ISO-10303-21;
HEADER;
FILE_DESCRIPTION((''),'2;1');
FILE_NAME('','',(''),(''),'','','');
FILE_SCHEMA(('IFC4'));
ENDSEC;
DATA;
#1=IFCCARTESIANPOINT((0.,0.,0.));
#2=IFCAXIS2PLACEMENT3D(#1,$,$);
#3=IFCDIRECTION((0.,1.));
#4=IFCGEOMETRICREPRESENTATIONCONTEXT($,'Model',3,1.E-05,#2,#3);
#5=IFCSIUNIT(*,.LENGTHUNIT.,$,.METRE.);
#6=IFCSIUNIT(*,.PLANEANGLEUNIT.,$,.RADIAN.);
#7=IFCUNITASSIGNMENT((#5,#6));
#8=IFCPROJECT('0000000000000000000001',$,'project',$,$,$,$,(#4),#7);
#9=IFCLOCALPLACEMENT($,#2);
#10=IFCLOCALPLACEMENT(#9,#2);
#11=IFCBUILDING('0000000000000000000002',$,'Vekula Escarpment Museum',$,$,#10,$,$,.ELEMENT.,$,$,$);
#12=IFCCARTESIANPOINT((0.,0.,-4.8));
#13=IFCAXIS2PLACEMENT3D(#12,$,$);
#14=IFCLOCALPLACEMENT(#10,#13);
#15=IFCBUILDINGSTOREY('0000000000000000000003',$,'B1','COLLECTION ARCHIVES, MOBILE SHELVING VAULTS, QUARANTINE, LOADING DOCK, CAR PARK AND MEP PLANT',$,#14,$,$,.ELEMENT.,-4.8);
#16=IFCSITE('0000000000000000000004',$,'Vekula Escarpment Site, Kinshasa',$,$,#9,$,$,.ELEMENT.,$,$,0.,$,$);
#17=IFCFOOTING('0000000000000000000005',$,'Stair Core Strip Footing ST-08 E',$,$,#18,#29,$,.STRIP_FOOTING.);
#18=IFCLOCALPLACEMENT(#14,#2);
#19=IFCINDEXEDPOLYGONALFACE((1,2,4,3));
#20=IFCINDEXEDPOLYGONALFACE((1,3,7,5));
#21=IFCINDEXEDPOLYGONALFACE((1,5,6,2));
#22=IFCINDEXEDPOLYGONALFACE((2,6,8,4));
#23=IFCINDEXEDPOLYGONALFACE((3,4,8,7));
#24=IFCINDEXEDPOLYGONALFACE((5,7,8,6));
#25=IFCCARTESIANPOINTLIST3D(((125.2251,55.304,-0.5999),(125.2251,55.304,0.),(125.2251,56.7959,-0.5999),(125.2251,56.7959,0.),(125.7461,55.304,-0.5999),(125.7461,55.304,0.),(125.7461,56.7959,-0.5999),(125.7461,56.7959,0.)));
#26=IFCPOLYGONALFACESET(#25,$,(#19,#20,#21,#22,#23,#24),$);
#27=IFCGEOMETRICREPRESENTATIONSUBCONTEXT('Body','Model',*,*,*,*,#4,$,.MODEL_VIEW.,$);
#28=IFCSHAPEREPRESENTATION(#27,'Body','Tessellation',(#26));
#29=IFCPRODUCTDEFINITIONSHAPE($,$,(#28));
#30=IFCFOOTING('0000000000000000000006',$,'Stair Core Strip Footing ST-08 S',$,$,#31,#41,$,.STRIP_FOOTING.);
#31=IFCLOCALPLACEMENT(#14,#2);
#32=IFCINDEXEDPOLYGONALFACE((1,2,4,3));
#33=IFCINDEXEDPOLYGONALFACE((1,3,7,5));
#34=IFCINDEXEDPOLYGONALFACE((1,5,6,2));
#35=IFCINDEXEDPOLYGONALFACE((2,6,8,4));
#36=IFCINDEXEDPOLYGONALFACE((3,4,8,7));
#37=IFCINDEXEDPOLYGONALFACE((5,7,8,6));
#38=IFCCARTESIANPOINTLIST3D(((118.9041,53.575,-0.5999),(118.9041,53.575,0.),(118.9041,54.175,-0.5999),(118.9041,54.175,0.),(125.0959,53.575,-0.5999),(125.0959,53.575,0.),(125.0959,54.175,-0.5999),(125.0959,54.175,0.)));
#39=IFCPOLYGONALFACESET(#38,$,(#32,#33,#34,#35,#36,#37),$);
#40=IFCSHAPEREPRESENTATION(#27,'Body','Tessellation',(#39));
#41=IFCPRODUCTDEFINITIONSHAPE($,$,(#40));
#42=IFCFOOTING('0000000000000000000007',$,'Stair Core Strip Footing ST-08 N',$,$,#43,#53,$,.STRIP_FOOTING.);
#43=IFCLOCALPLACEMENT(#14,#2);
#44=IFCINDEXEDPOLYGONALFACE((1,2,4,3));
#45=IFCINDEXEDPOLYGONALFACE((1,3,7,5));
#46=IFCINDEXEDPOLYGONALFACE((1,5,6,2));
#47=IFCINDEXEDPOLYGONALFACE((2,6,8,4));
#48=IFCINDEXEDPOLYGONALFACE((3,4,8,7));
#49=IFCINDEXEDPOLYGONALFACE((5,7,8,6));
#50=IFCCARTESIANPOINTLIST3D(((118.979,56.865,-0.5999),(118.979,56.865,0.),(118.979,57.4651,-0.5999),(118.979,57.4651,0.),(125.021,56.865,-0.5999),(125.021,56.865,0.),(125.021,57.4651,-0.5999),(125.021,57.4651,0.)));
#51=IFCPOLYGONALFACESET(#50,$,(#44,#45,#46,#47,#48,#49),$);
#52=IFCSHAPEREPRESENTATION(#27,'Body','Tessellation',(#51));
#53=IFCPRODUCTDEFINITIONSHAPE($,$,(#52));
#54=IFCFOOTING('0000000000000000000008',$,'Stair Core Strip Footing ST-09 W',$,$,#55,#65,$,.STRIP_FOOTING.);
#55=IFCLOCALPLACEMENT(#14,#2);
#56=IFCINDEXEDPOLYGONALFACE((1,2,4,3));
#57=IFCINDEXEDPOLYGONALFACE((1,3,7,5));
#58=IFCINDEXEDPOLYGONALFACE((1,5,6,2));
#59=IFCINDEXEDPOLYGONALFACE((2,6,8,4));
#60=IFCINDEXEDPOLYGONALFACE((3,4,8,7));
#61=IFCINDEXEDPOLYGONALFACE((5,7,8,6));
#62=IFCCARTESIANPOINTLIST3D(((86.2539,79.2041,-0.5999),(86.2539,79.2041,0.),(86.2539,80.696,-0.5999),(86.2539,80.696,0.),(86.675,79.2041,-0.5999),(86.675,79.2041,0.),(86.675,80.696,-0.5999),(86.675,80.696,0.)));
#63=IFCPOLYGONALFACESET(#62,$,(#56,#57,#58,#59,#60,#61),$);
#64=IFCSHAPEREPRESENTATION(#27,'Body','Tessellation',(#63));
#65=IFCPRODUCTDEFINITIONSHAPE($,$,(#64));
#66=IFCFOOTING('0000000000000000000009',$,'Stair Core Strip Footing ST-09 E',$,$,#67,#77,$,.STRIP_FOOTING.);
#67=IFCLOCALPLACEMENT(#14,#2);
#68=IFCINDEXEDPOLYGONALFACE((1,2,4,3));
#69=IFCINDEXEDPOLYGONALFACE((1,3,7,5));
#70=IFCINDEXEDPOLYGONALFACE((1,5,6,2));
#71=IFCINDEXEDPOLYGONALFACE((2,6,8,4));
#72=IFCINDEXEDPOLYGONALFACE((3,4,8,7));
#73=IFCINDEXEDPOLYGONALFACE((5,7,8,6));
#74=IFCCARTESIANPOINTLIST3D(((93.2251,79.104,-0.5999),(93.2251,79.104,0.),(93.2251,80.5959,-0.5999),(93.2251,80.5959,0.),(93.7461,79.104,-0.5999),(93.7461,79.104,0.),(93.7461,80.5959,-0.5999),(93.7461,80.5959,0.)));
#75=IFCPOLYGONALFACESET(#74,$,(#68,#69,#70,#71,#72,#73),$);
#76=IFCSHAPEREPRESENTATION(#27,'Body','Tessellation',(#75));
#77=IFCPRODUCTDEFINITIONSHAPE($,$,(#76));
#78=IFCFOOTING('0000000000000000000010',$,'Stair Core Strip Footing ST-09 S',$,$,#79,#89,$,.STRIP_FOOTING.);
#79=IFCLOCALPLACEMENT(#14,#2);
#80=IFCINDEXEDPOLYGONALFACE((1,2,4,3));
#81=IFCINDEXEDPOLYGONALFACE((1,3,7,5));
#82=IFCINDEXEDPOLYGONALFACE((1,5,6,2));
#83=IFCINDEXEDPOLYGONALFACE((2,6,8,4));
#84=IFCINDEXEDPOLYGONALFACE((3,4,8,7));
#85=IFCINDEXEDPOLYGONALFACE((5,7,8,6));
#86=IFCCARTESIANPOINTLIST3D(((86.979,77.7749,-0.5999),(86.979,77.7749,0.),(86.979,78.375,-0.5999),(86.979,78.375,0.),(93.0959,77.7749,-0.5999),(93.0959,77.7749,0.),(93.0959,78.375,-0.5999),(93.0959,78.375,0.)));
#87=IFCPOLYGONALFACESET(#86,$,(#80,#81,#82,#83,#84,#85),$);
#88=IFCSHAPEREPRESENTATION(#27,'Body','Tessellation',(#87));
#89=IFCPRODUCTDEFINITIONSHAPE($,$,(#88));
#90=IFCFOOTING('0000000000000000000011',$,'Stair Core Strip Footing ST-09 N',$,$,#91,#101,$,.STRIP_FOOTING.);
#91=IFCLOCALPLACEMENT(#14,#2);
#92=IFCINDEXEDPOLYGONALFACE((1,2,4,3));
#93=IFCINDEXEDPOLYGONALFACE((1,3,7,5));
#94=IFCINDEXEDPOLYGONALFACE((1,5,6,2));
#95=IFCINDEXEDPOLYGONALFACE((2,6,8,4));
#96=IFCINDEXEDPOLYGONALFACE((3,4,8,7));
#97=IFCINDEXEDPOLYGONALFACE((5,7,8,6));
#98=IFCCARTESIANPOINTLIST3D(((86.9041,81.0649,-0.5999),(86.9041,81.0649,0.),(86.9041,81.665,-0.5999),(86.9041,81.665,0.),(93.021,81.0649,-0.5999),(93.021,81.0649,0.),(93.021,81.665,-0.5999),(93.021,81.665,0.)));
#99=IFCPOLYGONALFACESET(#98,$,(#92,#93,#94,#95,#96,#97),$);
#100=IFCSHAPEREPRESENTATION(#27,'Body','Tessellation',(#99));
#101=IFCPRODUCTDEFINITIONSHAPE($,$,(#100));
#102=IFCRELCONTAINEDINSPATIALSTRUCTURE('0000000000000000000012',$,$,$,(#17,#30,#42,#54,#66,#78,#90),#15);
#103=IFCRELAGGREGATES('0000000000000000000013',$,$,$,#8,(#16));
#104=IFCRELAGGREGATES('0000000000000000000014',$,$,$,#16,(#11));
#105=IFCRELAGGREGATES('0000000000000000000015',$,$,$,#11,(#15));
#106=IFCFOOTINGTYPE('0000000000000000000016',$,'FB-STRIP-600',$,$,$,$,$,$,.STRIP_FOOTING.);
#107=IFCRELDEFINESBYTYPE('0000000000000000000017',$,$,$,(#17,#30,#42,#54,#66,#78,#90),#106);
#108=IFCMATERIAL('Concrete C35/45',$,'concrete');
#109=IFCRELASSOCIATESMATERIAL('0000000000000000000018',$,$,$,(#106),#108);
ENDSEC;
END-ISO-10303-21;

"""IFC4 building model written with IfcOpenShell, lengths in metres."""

from ifc_helpers import new_model, si_unit, direction, frame, origin, place, context, subcontext, project, spatial, polyline, outline, extrude, material, type_object, element, save


model = new_model("IFC4")

# Units and contexts
model_context = context("Model", 3, precision=1e-05, world=origin(), true_north=direction((0.0, 1.0)))
body_context = subcontext(model_context, "Body", "Model", "MODEL_VIEW")
ifc_project = project(units=[si_unit("LENGTHUNIT", "METRE"), si_unit("PLANEANGLEUNIT", "RADIAN")], contexts=[model_context])

# Site, building, storey
site_placement = place(None, origin())
site = spatial("IfcSite", under=ifc_project, at=site_placement, Name="Vekula Escarpment Site, Kinshasa", CompositionType="ELEMENT", RefElevation=0.0)
building_placement = place(site_placement, origin())
building = spatial("IfcBuilding", under=site, at=building_placement, Name="Vekula Escarpment Museum", CompositionType="ELEMENT")
storey_placement = place(building_placement, frame((0.0, 0.0, -4.8)))
storey = spatial("IfcBuildingStorey", under=building, at=storey_placement, Name="B1", Description="COLLECTION ARCHIVES, MOBILE SHELVING VAULTS, QUARANTINE, LOADING DOCK, CAR PARK AND MEP PLANT", CompositionType="ELEMENT", Elevation=-4.8)

# Footings
ifc_material = material(Name="Concrete C35/45", Category="concrete")
footing_type = type_object("IfcFootingType", Name="FB-STRIP-600", PredefinedType="STRIP_FOOTING", material=ifc_material)
footing_1_placement = place(storey_placement, frame((0.0, 0.0, -0.5999)))
element("IfcFooting", 1, at=footing_1_placement, inside=storey, type_object=footing_type, Name="Stair Core Strip Footing ST-08 E", PredefinedType="STRIP_FOOTING", context=body_context, shape_type="SweptSolid", body=[
    extrude(outline(polyline([(125.2251, 56.7959), (125.7461, 56.7959), (125.7461, 55.304), (125.2251, 55.304), (125.2251, 56.7959)])), origin(), (0.0, 0.0, 1.0), 0.5999),
])
footing_2_placement = place(storey_placement, frame((0.0, 0.0, -0.5999)))
element("IfcFooting", 2, at=footing_2_placement, inside=storey, type_object=footing_type, Name="Stair Core Strip Footing ST-08 S", PredefinedType="STRIP_FOOTING", context=body_context, shape_type="SweptSolid", body=[
    extrude(outline(polyline([(118.9041, 53.575), (118.9041, 54.175), (125.0959, 54.175), (125.0959, 53.575), (118.9041, 53.575)])), origin(), (0.0, 0.0, 1.0), 0.5999),
])
footing_3_placement = place(storey_placement, frame((0.0, 0.0, -0.5999)))
element("IfcFooting", 3, at=footing_3_placement, inside=storey, type_object=footing_type, Name="Stair Core Strip Footing ST-08 N", PredefinedType="STRIP_FOOTING", context=body_context, shape_type="SweptSolid", body=[
    extrude(outline(polyline([(118.979, 56.865), (118.979, 57.4651), (125.021, 57.4651), (125.021, 56.865), (118.979, 56.865)])), origin(), (0.0, 0.0, 1.0), 0.5999),
])
footing_4_placement = place(storey_placement, frame((0.0, 0.0, -0.5999)))
element("IfcFooting", 4, at=footing_4_placement, inside=storey, type_object=footing_type, Name="Stair Core Strip Footing ST-09 W", PredefinedType="STRIP_FOOTING", context=body_context, shape_type="SweptSolid", body=[
    extrude(outline(polyline([(86.675, 79.2041), (86.2539, 79.2041), (86.2539, 80.696), (86.675, 80.696), (86.675, 79.2041)])), origin(), (0.0, 0.0, 1.0), 0.5999),
])
footing_5_placement = place(storey_placement, frame((0.0, 0.0, -0.5999)))
element("IfcFooting", 5, at=footing_5_placement, inside=storey, type_object=footing_type, Name="Stair Core Strip Footing ST-09 E", PredefinedType="STRIP_FOOTING", context=body_context, shape_type="SweptSolid", body=[
    extrude(outline(polyline([(93.2251, 80.5959), (93.7461, 80.5959), (93.7461, 79.104), (93.2251, 79.104), (93.2251, 80.5959)])), origin(), (0.0, 0.0, 1.0), 0.5999),
])
footing_6_placement = place(storey_placement, frame((0.0, 0.0, -0.5999)))
element("IfcFooting", 6, at=footing_6_placement, inside=storey, type_object=footing_type, Name="Stair Core Strip Footing ST-09 S", PredefinedType="STRIP_FOOTING", context=body_context, shape_type="SweptSolid", body=[
    extrude(outline(polyline([(86.979, 77.7749), (86.979, 78.375), (93.0959, 78.375), (93.0959, 77.7749), (86.979, 77.7749)])), origin(), (0.0, 0.0, 1.0), 0.5999),
])
footing_7_placement = place(storey_placement, frame((0.0, 0.0, -0.5999)))
element("IfcFooting", 7, at=footing_7_placement, inside=storey, type_object=footing_type, Name="Stair Core Strip Footing ST-09 N", PredefinedType="STRIP_FOOTING", context=body_context, shape_type="SweptSolid", body=[
    extrude(outline(polyline([(86.9041, 81.0649), (86.9041, 81.665), (93.021, 81.665), (93.021, 81.0649), (86.9041, 81.0649)])), origin(), (0.0, 0.0, 1.0), 0.5999),
])

save(model, "model.ifc")
